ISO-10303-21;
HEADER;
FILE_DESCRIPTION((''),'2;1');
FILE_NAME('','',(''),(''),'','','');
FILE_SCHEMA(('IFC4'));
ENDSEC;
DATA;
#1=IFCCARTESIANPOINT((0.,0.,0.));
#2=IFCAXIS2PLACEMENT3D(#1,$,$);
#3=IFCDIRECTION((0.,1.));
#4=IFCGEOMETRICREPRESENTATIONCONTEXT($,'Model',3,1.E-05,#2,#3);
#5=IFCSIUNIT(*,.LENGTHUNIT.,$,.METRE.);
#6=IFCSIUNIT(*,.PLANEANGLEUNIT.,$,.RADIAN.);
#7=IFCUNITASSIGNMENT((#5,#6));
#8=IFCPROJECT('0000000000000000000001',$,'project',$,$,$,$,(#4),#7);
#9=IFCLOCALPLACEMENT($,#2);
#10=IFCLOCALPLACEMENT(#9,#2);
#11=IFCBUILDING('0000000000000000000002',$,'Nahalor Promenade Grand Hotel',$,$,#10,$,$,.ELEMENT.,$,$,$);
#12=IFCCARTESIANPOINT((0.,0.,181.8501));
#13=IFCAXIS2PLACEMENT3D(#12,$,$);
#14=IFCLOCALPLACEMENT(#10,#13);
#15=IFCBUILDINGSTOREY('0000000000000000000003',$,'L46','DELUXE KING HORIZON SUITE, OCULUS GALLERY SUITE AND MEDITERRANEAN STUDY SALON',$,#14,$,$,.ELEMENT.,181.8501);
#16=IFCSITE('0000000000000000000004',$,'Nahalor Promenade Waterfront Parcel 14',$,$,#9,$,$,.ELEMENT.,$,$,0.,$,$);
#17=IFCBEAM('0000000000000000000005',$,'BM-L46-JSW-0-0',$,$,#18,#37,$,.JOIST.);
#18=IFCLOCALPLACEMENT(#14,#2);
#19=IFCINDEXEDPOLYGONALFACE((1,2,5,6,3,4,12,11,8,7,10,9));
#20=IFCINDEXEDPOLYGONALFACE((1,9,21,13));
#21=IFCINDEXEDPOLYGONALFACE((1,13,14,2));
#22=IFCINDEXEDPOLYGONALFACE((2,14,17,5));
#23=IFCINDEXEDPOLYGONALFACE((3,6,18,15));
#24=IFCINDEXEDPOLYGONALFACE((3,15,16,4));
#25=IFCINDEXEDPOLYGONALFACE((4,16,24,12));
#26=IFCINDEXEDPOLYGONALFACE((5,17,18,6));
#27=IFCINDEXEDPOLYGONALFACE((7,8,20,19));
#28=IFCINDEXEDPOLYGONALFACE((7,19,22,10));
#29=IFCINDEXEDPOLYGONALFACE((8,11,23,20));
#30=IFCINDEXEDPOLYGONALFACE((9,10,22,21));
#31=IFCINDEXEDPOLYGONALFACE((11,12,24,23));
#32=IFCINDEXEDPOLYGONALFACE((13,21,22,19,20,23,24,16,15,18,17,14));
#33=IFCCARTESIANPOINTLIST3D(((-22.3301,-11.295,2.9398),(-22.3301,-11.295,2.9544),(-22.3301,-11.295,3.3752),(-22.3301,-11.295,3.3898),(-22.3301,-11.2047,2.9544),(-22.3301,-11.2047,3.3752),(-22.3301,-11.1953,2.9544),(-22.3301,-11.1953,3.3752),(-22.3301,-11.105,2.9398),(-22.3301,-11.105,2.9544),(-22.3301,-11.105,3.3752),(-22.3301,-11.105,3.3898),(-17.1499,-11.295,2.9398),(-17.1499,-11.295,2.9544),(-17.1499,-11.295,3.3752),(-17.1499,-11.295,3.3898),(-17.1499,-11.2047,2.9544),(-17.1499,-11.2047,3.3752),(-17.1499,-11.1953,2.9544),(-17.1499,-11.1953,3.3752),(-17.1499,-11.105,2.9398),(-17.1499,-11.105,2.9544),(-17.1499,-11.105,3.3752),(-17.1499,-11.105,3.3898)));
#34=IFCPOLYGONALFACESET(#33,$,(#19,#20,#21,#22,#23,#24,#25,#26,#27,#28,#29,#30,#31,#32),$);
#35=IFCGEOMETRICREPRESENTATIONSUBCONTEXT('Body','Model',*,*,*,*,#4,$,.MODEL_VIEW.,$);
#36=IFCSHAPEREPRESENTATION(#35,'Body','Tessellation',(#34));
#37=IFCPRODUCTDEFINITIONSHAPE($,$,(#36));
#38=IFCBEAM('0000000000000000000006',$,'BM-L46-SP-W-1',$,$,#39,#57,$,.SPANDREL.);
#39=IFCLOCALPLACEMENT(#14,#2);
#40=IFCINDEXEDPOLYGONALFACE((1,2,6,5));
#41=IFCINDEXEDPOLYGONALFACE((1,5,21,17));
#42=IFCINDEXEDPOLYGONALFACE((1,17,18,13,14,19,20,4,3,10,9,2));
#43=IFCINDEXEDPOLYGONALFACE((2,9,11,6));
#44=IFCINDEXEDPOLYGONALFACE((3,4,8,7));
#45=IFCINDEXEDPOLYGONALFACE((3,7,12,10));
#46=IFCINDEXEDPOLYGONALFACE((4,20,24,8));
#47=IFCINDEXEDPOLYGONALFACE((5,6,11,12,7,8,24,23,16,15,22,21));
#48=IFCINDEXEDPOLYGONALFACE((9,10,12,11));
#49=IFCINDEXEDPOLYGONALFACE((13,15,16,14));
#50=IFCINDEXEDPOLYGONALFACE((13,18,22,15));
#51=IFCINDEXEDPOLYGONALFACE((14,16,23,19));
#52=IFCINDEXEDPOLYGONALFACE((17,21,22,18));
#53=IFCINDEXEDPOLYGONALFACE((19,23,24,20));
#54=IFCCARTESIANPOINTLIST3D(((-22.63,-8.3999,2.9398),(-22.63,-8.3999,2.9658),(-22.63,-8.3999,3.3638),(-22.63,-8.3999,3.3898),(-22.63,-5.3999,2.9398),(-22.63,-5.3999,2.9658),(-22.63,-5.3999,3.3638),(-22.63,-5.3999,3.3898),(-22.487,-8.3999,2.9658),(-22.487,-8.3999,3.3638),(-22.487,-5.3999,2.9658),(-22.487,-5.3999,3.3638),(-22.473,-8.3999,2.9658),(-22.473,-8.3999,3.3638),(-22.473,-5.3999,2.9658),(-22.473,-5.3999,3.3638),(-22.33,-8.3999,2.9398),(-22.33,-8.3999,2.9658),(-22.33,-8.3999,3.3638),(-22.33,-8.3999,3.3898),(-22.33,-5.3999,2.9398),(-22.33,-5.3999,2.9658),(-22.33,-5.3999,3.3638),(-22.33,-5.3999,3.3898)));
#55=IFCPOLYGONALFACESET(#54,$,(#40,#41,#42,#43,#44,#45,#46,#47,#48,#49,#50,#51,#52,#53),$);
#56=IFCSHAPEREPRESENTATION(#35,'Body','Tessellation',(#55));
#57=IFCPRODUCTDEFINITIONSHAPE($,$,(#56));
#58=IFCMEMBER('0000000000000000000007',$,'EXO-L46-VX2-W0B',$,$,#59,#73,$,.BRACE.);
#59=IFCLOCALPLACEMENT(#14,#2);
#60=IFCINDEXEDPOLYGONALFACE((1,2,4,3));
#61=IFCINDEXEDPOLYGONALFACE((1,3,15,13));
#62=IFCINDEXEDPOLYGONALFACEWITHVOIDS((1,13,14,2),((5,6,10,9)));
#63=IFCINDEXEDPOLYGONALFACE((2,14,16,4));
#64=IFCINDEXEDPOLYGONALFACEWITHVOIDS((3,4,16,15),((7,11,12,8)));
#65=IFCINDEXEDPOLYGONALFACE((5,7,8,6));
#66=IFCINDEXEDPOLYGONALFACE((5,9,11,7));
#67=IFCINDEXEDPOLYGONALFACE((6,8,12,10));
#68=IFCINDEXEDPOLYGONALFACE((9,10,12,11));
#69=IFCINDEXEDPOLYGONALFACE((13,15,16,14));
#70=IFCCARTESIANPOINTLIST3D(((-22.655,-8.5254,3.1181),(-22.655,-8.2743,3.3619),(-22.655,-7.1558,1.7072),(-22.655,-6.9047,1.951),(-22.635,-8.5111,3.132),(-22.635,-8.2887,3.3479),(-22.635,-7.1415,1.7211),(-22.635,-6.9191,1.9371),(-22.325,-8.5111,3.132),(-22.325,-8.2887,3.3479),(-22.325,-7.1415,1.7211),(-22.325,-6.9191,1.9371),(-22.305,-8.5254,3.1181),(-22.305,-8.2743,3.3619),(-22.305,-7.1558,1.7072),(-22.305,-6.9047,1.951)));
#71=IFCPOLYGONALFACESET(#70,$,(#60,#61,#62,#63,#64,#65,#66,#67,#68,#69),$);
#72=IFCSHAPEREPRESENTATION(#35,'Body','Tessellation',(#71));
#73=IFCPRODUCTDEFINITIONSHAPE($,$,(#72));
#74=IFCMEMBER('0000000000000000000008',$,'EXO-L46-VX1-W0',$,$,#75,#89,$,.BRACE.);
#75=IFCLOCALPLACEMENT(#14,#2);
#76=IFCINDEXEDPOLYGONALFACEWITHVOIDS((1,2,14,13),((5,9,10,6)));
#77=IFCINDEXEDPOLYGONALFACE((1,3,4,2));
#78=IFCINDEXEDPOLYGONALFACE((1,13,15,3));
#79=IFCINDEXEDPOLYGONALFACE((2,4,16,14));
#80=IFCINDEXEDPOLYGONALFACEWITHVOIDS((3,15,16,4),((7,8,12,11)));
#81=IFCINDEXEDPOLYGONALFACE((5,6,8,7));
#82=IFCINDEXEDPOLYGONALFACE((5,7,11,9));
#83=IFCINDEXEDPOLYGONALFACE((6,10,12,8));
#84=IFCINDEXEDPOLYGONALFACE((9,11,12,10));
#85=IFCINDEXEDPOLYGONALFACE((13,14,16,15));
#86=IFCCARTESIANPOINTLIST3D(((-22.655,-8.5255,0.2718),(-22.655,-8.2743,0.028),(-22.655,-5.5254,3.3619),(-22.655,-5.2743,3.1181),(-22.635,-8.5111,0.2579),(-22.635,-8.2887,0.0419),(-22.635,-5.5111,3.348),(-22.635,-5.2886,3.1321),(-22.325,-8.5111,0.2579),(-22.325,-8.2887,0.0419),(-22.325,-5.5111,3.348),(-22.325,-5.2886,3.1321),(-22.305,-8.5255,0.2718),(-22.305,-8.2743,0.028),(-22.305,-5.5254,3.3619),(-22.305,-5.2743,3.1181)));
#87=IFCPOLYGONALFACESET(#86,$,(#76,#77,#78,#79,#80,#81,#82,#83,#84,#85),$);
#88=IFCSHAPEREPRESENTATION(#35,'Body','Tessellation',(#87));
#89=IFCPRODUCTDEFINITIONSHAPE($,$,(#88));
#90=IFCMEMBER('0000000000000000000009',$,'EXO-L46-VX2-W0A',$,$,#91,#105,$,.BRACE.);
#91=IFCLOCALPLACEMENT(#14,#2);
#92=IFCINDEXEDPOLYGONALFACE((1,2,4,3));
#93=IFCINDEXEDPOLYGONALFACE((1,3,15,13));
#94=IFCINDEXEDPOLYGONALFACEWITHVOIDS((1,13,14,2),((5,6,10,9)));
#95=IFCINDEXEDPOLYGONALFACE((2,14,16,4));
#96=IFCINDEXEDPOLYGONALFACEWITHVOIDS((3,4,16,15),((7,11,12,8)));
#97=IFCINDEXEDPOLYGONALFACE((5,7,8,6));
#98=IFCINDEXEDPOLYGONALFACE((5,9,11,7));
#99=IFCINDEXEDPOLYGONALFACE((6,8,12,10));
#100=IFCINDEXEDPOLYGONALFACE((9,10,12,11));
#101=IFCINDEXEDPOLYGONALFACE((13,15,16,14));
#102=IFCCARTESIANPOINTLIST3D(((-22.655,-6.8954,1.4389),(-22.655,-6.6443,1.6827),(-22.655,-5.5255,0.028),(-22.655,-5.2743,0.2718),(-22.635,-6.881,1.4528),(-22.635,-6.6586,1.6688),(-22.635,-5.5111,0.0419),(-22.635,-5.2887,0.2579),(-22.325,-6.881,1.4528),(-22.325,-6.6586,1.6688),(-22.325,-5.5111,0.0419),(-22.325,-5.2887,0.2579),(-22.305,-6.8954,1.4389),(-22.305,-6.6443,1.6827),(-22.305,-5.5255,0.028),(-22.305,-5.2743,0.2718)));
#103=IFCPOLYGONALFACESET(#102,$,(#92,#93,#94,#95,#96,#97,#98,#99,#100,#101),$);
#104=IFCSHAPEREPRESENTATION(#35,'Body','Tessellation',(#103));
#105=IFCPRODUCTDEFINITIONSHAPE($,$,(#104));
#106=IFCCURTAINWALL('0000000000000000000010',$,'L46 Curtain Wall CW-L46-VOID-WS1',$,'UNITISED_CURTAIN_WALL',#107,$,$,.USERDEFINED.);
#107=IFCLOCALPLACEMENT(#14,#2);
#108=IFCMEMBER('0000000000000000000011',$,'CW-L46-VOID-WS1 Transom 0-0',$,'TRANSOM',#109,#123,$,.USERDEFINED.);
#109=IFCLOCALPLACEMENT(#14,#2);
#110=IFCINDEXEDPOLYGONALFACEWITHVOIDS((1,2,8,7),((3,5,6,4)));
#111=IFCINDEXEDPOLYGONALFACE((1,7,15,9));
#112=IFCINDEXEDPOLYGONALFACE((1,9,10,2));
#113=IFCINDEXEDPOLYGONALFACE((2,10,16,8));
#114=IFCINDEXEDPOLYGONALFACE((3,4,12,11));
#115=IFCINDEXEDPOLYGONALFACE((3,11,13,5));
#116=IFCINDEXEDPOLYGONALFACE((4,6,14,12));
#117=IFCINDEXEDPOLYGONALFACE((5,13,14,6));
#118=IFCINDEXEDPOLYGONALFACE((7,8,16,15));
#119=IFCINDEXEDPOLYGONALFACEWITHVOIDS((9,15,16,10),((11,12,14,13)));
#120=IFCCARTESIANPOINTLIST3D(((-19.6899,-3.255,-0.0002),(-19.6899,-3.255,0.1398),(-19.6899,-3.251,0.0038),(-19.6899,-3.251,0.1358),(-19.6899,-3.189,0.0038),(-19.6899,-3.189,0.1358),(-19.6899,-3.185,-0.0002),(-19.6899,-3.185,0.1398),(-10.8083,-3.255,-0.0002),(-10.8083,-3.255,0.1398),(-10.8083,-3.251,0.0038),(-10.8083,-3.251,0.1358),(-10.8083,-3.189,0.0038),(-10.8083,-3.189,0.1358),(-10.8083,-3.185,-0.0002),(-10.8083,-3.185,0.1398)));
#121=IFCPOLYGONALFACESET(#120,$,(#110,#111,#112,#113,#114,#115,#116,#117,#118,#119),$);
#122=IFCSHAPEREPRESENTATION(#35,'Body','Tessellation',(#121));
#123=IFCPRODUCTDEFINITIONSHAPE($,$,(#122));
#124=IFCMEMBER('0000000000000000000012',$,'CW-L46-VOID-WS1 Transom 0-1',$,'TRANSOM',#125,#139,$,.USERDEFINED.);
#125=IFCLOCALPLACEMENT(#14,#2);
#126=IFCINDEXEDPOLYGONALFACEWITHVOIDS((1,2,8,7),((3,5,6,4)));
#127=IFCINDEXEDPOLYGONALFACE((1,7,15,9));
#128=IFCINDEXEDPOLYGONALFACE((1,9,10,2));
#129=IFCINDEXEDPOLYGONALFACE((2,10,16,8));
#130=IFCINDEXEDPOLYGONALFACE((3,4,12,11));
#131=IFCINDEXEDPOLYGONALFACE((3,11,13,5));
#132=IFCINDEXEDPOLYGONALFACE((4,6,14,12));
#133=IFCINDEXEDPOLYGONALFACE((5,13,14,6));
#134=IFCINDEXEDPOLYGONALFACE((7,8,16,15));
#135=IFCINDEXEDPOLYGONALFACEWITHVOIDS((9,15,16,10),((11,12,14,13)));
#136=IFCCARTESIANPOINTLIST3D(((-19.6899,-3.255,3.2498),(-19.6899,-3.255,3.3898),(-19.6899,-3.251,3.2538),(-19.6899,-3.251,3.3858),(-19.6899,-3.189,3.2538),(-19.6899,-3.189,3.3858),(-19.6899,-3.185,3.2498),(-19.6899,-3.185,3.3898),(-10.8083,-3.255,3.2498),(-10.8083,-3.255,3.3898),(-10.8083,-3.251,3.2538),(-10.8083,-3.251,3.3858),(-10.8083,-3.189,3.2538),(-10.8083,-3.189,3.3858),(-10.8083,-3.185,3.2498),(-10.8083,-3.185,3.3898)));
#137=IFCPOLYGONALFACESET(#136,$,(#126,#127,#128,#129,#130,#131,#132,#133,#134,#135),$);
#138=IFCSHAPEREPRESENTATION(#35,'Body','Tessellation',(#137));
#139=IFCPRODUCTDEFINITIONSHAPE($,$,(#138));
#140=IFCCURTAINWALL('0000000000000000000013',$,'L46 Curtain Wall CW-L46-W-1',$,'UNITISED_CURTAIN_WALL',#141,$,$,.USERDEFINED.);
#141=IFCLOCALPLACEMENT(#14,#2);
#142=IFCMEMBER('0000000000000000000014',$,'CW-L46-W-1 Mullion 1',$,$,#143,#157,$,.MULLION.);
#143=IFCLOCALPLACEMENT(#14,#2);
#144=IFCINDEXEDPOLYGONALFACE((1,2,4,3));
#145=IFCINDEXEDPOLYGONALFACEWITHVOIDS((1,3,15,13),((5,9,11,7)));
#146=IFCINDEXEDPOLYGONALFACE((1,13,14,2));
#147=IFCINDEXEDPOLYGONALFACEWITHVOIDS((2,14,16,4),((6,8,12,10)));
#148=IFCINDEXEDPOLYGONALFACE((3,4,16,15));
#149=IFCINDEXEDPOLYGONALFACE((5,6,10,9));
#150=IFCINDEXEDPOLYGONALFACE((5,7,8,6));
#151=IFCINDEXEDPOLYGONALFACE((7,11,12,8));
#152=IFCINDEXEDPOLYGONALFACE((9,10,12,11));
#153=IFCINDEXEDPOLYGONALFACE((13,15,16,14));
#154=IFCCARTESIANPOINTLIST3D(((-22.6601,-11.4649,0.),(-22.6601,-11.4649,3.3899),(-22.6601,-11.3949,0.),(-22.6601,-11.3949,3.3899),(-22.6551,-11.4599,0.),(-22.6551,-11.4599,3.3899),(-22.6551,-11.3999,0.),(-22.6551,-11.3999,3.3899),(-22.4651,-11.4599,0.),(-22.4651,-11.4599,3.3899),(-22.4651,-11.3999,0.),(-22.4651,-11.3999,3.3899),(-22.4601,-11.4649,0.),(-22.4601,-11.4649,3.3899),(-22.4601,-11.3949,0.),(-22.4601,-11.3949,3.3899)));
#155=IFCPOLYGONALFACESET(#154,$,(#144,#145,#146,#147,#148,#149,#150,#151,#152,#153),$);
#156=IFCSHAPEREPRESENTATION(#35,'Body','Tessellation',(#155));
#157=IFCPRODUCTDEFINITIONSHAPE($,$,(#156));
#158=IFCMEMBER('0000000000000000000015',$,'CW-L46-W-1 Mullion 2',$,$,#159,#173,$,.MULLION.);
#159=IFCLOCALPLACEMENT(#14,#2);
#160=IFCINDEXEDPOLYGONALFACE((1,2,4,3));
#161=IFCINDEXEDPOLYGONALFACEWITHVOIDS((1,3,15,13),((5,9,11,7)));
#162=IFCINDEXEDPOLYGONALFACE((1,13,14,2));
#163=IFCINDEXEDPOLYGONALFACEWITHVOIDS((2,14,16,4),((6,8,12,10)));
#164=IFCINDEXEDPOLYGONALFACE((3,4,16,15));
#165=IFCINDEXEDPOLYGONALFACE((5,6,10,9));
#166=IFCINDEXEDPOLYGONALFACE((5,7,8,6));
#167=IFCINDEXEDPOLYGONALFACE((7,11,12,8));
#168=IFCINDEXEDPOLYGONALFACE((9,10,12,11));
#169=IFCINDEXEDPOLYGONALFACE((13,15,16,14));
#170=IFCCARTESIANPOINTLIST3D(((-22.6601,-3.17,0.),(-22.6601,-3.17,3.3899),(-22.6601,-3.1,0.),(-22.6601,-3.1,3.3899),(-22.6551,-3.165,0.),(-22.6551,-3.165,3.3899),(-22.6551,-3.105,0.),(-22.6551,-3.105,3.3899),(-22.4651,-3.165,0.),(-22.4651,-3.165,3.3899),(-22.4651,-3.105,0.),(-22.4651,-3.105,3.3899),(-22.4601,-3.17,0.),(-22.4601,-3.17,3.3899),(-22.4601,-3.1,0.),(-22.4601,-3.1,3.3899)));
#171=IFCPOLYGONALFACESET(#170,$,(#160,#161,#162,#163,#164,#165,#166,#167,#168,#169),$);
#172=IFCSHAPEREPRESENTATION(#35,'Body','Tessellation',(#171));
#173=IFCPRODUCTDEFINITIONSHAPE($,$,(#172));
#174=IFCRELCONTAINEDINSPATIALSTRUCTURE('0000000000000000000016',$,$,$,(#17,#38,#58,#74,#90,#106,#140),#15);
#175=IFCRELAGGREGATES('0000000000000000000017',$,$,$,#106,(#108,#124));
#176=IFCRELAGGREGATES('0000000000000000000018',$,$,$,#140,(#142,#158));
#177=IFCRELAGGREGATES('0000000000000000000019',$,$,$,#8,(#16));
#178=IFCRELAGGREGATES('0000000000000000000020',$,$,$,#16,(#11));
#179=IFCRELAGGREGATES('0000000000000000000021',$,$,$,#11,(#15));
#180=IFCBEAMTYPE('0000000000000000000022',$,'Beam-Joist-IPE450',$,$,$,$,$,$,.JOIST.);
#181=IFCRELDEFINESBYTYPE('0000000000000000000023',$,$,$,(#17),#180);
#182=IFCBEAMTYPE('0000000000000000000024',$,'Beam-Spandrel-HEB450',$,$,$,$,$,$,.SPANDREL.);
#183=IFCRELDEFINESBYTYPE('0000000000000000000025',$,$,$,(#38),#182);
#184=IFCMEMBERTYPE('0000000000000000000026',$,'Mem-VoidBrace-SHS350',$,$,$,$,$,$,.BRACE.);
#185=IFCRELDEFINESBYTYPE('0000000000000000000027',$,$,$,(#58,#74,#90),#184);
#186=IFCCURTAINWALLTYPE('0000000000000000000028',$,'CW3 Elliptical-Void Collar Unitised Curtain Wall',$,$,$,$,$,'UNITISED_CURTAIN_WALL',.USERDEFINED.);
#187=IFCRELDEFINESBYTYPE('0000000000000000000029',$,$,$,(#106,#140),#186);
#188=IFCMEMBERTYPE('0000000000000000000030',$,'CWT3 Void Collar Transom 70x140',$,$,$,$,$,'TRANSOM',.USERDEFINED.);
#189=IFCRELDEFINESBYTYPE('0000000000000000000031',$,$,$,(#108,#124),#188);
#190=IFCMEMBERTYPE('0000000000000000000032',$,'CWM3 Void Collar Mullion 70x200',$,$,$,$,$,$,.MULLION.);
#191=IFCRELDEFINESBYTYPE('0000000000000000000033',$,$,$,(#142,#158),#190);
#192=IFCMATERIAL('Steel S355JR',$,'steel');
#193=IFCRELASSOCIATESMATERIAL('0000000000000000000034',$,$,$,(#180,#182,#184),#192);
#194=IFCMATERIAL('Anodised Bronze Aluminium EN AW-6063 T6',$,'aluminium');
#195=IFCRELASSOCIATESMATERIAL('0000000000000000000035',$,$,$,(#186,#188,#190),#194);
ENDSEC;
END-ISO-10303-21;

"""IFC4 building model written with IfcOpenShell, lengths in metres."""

from ifc_helpers import new_model, si_unit, direction, frame, origin, origin_2d, place, context, subcontext, project, spatial, hollow_rectangle, i_section, extrude, source, transform, mapped, material, material_profile, profile_set, type_object, element, aggregate, save


model = new_model("IFC4")

# Units and contexts
model_context = context("Model", 3, precision=1e-05, world=origin(), true_north=direction((0.0, 1.0)))
body_context = subcontext(model_context, "Body", "Model", "MODEL_VIEW")
ifc_project = project(units=[si_unit("LENGTHUNIT", "METRE"), si_unit("PLANEANGLEUNIT", "RADIAN")], contexts=[model_context])

# Site, building, storey
site_placement = place(None, origin())
site = spatial("IfcSite", under=ifc_project, at=site_placement, Name="Nahalor Promenade Waterfront Parcel 14", CompositionType="ELEMENT", RefElevation=0.0)
building_placement = place(site_placement, origin())
building = spatial("IfcBuilding", under=site, at=building_placement, Name="Nahalor Promenade Grand Hotel", CompositionType="ELEMENT")
storey_placement = place(building_placement, frame((0.0, 0.0, 181.8501)))
storey = spatial("IfcBuildingStorey", under=building, at=storey_placement, Name="L46", Description="DELUXE KING HORIZON SUITE, OCULUS GALLERY SUITE AND MEDITERRANEAN STUDY SALON", CompositionType="ELEMENT", Elevation=181.8501)

# Beams
ifc_material_1 = material(Name="Steel S355JR", Category="steel")
ifc_material_profile_1 = material_profile(ifc_material_1, i_section(OverallWidth=0.19, OverallDepth=0.45, WebThickness=0.0094, FlangeThickness=0.0146, at=origin_2d()), Name="IPE 450")
ifc_profile_set_1 = profile_set([ifc_material_profile_1], Name="Steel S355JR")
beam_type_1 = type_object("IfcBeamType", Name="Beam-Joist-IPE450", PredefinedType="JOIST", material=ifc_profile_set_1)
shared_shape_1 = source(origin(), body_context, "Body", "SweptSolid", [
    extrude(i_section(OverallWidth=0.19, OverallDepth=0.45, WebThickness=0.0094, FlangeThickness=0.0146, at=origin_2d()), origin(), (0.0, 0.0, 1.0), 5.1802),
])
beam_1_placement = place(storey_placement, frame((-22.3301, -11.2, 3.1648), z_axis=(1.0, 0.0, 0.0), x_axis=(0.0, 1.0, 0.0)))
element("IfcBeam", 1, at=beam_1_placement, inside=storey, type_object=beam_type_1, Name="BM-L46-JSW-0-0", PredefinedType="JOIST", context=body_context, shape_type="MappedRepresentation", body=[
    mapped(shared_shape_1, transform((0.0, 0.0, 0.0), scale=1.0)),
])
ifc_material_profile_2 = material_profile(ifc_material_1, i_section(OverallWidth=0.3, OverallDepth=0.45, WebThickness=0.014, FlangeThickness=0.026, at=origin_2d()), Name="HEB 450")
ifc_profile_set_2 = profile_set([ifc_material_profile_2], Name="Steel S355JR")
beam_type_2 = type_object("IfcBeamType", Name="Beam-Spandrel-HEB450", PredefinedType="SPANDREL", material=ifc_profile_set_2)
shared_shape_2 = source(origin(), body_context, "Body", "SweptSolid", [
    extrude(i_section(OverallWidth=0.3, OverallDepth=0.45, WebThickness=0.014, FlangeThickness=0.026, at=origin_2d()), origin(), (0.0, 0.0, 1.0), 3.0),
])
beam_2_placement = place(storey_placement, frame((-22.48, -8.3999, 3.1648), z_axis=(0.0, 1.0, 0.0), x_axis=(-1.0, 0.0, 0.0)))
element("IfcBeam", 2, at=beam_2_placement, inside=storey, type_object=beam_type_2, Name="BM-L46-SP-W-1", PredefinedType="SPANDREL", context=body_context, shape_type="MappedRepresentation", body=[
    mapped(shared_shape_2, transform((0.0, 0.0, 0.0), scale=1.0)),
])

# Members
ifc_material_profile_3 = material_profile(ifc_material_1, hollow_rectangle(XDim=0.35, YDim=0.35, WallThickness=0.02, at=origin_2d()), Name="SHS 350x350x20")
ifc_profile_set_3 = profile_set([ifc_material_profile_3], Name="Steel S355JR")
member_type_1 = type_object("IfcMemberType", Name="Mem-VoidBrace-SHS350", PredefinedType="BRACE", material=ifc_profile_set_3)
shared_shape_3 = source(origin(), body_context, "Body", "SweptSolid", [
    extrude(hollow_rectangle(XDim=0.35, YDim=0.35, WallThickness=0.02, at=origin_2d()), origin(), (0.0, 0.0, 1.0), 1.9663),
])
member_1_placement = place(storey_placement, frame((-22.48, -7.0303, 1.8291), z_axis=(0.0, -0.696537, 0.71752), x_axis=(1.0, 0.0, 0.0)))
element("IfcMember", 3, at=member_1_placement, inside=storey, type_object=member_type_1, Name="EXO-L46-VX2-W0B", PredefinedType="BRACE", context=body_context, shape_type="MappedRepresentation", body=[
    mapped(shared_shape_3, transform((0.0, 0.0, 0.0), scale=1.0)),
])
shared_shape_4 = source(origin(), body_context, "Body", "SweptSolid", [
    extrude(hollow_rectangle(XDim=0.35, YDim=0.35, WallThickness=0.02, at=origin_2d()), origin(), (0.0, 0.0, 1.0), 4.3069),
])
member_2_placement = place(storey_placement, frame((-22.48, -8.3999, 0.1499), z_axis=(0.0, 0.696571, 0.717488), x_axis=(-1.0, 0.0, 0.0)))
element("IfcMember", 4, at=member_2_placement, inside=storey, type_object=member_type_1, Name="EXO-L46-VX1-W0", PredefinedType="BRACE", context=body_context, shape_type="MappedRepresentation", body=[
    mapped(shared_shape_4, transform((0.0, 0.0, 0.0), scale=1.0)),
])
shared_shape_5 = source(origin(), body_context, "Body", "SweptSolid", [
    extrude(hollow_rectangle(XDim=0.35, YDim=0.35, WallThickness=0.02, at=origin_2d()), origin(), (0.0, 0.0, 1.0), 1.9666),
])
member_3_placement = place(storey_placement, frame((-22.48, -5.3999, 0.1499), z_axis=(0.0, -0.696601, 0.717458), x_axis=(1.0, 0.0, 0.0)))
element("IfcMember", 5, at=member_3_placement, inside=storey, type_object=member_type_1, Name="EXO-L46-VX2-W0A", PredefinedType="BRACE", context=body_context, shape_type="MappedRepresentation", body=[
    mapped(shared_shape_5, transform((0.0, 0.0, 0.0), scale=1.0)),
])

# Curtain walls, members
ifc_material_2 = material(Name="Anodised Bronze Aluminium EN AW-6063 T6", Category="aluminium")
curtain_wall_type = type_object("IfcCurtainWallType", Name="CW3 Elliptical-Void Collar Unitised Curtain Wall", ElementType="UNITISED_CURTAIN_WALL", PredefinedType="USERDEFINED", material=ifc_material_2)
curtain_wall_1_placement = place(storey_placement, origin())
curtain_wall_1 = element("IfcCurtainWall", 6, at=curtain_wall_1_placement, inside=storey, type_object=curtain_wall_type, Name="L46 Curtain Wall CW-L46-VOID-WS1", ObjectType="UNITISED_CURTAIN_WALL", PredefinedType="USERDEFINED")
ifc_material_profile_4 = material_profile(ifc_material_2, hollow_rectangle(XDim=0.07, YDim=0.14, WallThickness=0.004, at=origin_2d()), Name="CWT 70x140x4")
ifc_profile_set_4 = profile_set([ifc_material_profile_4], Name="Anodised Bronze Aluminium EN AW-6063 T6")
member_type_2 = type_object("IfcMemberType", Name="CWT3 Void Collar Transom 70x140", ElementType="TRANSOM", PredefinedType="USERDEFINED", material=ifc_profile_set_4)
shared_shape_6 = source(origin(), body_context, "Body", "SweptSolid", [
    extrude(hollow_rectangle(XDim=0.07, YDim=0.14, WallThickness=0.004, at=origin_2d()), origin(), (0.0, 0.0, 1.0), 8.8816),
])
member_4_placement = place(storey_placement, frame((-19.6899, -3.22, 0.0698), z_axis=(1.0, 0.0, 0.0), x_axis=(0.0, 1.0, 0.0)))
member_4 = element("IfcMember", 7, at=member_4_placement, type_object=member_type_2, Name="CW-L46-VOID-WS1 Transom 0-0", ObjectType="TRANSOM", PredefinedType="USERDEFINED", context=body_context, shape_type="MappedRepresentation", body=[
    mapped(shared_shape_6, transform((0.0, 0.0, 0.0), scale=1.0)),
])
member_5_placement = place(storey_placement, frame((-19.6899, -3.22, 3.3198), z_axis=(1.0, 0.0, 0.0), x_axis=(0.0, 1.0, 0.0)))
member_5 = element("IfcMember", 8, at=member_5_placement, type_object=member_type_2, Name="CW-L46-VOID-WS1 Transom 0-1", ObjectType="TRANSOM", PredefinedType="USERDEFINED", context=body_context, shape_type="MappedRepresentation", body=[
    mapped(shared_shape_6, transform((0.0, 0.0, 0.0), scale=1.0)),
])
curtain_wall_2_placement = place(storey_placement, origin())
curtain_wall_2 = element("IfcCurtainWall", 9, at=curtain_wall_2_placement, inside=storey, type_object=curtain_wall_type, Name="L46 Curtain Wall CW-L46-W-1", ObjectType="UNITISED_CURTAIN_WALL", PredefinedType="USERDEFINED")
ifc_material_profile_5 = material_profile(ifc_material_2, hollow_rectangle(XDim=0.07, YDim=0.2, WallThickness=0.005, at=origin_2d()), Name="CWM 70x200x5")
ifc_profile_set_5 = profile_set([ifc_material_profile_5], Name="Anodised Bronze Aluminium EN AW-6063 T6")
member_type_3 = type_object("IfcMemberType", Name="CWM3 Void Collar Mullion 70x200", PredefinedType="MULLION", material=ifc_profile_set_5)
shared_shape_7 = source(origin(), body_context, "Body", "SweptSolid", [
    extrude(hollow_rectangle(XDim=0.07, YDim=0.2, WallThickness=0.005, at=origin_2d()), origin(), (0.0, 0.0, 1.0), 3.3899),
])
member_6_placement = place(storey_placement, frame((-22.5601, -11.4299, 0.0), z_axis=(0.0, 0.0, 1.0), x_axis=(0.0, 1.0, 0.0)))
member_6 = element("IfcMember", 10, at=member_6_placement, type_object=member_type_3, Name="CW-L46-W-1 Mullion 1", PredefinedType="MULLION", context=body_context, shape_type="MappedRepresentation", body=[
    mapped(shared_shape_7, transform((0.0, 0.0, 0.0), scale=1.0)),
])
member_7_placement = place(storey_placement, frame((-22.5601, -3.135, 0.0), z_axis=(0.0, 0.0, 1.0), x_axis=(0.0, 1.0, 0.0)))
member_7 = element("IfcMember", 11, at=member_7_placement, type_object=member_type_3, Name="CW-L46-W-1 Mullion 2", PredefinedType="MULLION", context=body_context, shape_type="MappedRepresentation", body=[
    mapped(shared_shape_7, transform((0.0, 0.0, 0.0), scale=1.0)),
])

aggregate(curtain_wall_1, [member_4, member_5])
aggregate(curtain_wall_2, [member_6, member_7])

save(model, "model.ifc")
